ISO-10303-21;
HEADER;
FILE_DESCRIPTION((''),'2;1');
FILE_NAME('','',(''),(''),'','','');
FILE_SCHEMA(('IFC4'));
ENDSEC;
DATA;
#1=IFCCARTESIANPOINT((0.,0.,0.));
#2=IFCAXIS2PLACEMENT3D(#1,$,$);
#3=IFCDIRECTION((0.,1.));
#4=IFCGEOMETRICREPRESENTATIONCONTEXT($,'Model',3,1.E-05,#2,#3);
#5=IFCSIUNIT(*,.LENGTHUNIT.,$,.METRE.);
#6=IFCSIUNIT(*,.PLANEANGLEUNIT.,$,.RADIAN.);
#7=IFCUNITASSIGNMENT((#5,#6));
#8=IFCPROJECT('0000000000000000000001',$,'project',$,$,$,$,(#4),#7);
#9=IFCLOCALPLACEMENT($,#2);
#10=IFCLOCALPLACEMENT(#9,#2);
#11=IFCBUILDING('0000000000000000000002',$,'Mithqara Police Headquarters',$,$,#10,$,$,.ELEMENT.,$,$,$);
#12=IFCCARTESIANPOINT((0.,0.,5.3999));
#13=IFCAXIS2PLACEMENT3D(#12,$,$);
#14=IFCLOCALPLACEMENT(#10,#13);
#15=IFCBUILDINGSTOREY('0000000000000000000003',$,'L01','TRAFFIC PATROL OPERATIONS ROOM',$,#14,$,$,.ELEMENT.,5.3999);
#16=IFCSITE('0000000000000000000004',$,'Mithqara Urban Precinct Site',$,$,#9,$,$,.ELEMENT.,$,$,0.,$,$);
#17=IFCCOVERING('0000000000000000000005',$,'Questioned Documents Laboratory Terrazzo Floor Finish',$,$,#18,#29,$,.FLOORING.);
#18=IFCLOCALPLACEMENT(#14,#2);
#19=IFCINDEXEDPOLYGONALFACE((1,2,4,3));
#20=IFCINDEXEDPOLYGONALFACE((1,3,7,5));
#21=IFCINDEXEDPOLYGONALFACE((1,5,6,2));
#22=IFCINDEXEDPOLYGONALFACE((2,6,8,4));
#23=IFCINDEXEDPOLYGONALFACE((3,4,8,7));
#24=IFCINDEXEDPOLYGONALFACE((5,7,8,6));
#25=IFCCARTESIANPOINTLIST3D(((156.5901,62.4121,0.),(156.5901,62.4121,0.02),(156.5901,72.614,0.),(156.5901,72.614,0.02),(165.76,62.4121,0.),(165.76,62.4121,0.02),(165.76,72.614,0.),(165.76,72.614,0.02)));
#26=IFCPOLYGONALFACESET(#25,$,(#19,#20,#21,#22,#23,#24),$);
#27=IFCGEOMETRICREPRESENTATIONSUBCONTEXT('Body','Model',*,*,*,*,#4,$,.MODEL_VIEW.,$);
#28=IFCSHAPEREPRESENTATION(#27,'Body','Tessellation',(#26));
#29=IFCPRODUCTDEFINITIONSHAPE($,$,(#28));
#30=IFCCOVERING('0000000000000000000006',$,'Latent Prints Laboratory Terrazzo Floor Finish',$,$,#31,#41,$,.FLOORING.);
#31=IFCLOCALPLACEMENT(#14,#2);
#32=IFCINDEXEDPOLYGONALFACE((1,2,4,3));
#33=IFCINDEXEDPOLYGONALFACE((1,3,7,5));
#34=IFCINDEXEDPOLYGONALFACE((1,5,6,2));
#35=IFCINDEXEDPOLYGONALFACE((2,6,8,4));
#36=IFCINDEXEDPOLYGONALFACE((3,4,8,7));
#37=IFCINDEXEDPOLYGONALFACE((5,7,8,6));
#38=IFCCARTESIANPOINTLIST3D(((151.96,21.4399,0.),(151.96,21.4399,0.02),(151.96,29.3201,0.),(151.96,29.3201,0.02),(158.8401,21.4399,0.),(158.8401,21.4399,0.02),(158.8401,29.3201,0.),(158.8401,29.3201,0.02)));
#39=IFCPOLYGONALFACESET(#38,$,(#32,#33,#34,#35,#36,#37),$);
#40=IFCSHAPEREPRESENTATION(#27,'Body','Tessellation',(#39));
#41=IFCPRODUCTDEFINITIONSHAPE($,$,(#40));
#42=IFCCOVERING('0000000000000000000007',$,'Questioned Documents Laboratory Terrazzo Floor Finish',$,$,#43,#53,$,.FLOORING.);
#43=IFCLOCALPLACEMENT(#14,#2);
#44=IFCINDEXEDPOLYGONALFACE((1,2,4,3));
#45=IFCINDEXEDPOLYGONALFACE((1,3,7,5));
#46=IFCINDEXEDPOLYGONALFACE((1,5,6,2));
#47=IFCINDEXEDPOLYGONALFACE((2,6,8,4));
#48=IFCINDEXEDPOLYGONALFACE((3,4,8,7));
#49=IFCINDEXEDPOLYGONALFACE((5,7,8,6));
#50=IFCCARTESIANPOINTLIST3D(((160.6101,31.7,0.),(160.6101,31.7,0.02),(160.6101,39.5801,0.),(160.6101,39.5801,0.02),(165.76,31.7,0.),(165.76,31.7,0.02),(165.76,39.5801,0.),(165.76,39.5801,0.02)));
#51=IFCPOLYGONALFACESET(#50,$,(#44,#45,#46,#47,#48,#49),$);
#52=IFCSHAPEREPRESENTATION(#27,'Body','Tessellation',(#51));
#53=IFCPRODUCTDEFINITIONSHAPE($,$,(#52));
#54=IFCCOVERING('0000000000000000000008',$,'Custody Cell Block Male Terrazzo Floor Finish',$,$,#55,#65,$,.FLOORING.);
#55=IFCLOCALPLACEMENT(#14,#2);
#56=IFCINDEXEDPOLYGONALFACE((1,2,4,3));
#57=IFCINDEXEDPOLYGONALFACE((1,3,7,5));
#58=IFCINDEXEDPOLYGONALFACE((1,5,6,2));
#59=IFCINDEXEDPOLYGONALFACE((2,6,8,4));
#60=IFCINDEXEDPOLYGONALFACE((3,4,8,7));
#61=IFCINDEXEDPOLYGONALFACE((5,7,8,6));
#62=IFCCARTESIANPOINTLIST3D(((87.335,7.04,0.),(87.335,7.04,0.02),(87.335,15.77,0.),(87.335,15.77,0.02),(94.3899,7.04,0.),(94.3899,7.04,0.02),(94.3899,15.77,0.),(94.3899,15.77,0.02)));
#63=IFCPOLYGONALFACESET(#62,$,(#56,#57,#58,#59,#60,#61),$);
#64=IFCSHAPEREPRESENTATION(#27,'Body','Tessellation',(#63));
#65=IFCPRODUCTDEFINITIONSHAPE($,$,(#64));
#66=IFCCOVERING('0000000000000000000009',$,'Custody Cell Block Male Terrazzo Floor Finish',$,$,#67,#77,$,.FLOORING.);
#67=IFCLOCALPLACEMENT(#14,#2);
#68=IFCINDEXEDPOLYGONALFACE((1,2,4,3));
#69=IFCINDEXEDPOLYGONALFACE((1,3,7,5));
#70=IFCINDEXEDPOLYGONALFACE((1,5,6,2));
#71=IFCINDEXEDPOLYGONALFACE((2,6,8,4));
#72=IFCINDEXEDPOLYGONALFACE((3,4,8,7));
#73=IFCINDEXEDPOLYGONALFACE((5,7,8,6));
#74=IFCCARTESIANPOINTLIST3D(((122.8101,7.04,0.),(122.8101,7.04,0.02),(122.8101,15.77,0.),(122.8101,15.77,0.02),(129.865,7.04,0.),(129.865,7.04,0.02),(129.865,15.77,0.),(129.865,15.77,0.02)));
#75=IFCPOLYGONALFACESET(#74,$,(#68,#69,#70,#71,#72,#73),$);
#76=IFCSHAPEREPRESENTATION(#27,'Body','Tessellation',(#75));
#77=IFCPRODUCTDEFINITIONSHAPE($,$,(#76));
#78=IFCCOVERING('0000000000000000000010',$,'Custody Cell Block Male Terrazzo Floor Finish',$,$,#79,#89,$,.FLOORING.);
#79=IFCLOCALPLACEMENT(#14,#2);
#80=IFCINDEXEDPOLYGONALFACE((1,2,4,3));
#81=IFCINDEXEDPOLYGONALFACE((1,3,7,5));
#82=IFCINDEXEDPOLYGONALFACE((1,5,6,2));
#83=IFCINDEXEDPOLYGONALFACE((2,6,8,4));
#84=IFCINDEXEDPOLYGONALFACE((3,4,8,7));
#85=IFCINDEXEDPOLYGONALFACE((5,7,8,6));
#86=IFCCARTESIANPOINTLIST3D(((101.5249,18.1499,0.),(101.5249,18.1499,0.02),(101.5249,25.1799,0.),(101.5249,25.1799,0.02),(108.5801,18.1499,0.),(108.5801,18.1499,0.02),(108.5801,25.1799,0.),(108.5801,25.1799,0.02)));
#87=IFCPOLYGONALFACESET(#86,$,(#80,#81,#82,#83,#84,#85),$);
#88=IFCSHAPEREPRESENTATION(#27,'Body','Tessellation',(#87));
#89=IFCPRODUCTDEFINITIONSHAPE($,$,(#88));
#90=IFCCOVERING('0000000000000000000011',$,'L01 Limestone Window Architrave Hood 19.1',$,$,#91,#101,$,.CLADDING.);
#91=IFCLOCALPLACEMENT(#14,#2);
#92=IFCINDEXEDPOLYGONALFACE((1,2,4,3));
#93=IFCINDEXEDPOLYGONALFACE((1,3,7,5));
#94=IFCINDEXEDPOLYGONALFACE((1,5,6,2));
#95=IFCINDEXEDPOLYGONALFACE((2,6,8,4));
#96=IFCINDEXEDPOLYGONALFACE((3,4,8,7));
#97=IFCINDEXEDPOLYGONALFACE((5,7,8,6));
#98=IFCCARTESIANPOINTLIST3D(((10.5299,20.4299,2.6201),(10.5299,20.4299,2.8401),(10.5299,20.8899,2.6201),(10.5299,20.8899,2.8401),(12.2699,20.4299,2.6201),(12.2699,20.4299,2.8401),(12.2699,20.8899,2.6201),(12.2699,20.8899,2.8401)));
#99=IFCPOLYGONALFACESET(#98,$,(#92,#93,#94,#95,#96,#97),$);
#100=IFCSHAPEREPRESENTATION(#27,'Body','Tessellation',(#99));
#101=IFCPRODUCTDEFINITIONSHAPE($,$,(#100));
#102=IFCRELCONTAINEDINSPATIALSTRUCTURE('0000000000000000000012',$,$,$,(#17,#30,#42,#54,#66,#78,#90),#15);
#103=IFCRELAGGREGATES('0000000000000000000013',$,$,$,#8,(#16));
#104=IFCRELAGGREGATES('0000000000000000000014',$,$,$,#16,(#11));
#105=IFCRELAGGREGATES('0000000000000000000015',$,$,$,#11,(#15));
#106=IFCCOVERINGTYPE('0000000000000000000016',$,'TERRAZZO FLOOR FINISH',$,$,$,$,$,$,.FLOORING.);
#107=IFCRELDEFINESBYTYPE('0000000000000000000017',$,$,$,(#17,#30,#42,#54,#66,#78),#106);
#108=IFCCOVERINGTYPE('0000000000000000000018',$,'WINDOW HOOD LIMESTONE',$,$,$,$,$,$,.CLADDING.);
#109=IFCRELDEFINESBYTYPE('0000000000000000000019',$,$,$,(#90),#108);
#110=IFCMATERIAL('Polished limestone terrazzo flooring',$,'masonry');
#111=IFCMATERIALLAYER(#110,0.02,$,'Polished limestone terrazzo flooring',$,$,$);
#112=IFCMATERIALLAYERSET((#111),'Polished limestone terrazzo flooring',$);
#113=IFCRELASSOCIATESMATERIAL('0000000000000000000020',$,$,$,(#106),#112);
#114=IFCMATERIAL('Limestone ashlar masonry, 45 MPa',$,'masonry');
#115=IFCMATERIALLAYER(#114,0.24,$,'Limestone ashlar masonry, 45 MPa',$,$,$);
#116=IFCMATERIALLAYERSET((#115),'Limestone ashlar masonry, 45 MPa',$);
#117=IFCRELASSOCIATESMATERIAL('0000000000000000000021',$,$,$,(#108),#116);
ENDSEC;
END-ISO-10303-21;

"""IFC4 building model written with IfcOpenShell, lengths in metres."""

from ifc_helpers import new_model, si_unit, direction, frame, origin, origin_2d, place, context, subcontext, project, spatial, polyline, rectangle, outline, extrude, material, layer, layer_set, type_object, element, save


model = new_model("IFC4")

# Units and contexts
model_context = context("Model", 3, precision=1e-05, world=origin(), true_north=direction((0.0, 1.0)))
body_context = subcontext(model_context, "Body", "Model", "MODEL_VIEW")
ifc_project = project(units=[si_unit("LENGTHUNIT", "METRE"), si_unit("PLANEANGLEUNIT", "RADIAN")], contexts=[model_context])

# Site, building, storey
site_placement = place(None, origin())
site = spatial("IfcSite", under=ifc_project, at=site_placement, Name="Mithqara Urban Precinct Site", CompositionType="ELEMENT", RefElevation=0.0)
building_placement = place(site_placement, origin())
building = spatial("IfcBuilding", under=site, at=building_placement, Name="Mithqara Police Headquarters", CompositionType="ELEMENT")
storey_placement = place(building_placement, frame((0.0, 0.0, 5.3999)))
storey = spatial("IfcBuildingStorey", under=building, at=storey_placement, Name="L01", Description="TRAFFIC PATROL OPERATIONS ROOM", CompositionType="ELEMENT", Elevation=5.3999)

# Coverings
ifc_material_1 = material(Name="Polished limestone terrazzo flooring", Category="masonry")
ifc_layer_1 = layer(ifc_material_1, 0.02, Name="Polished limestone terrazzo flooring")
ifc_layer_set_1 = layer_set([ifc_layer_1], Name="Polished limestone terrazzo flooring")
covering_type_1 = type_object("IfcCoveringType", Name="TERRAZZO FLOOR FINISH", PredefinedType="FLOORING", material=ifc_layer_set_1)
covering_1_placement = place(storey_placement, origin())
element("IfcCovering", 1, at=covering_1_placement, inside=storey, type_object=covering_type_1, Name="Questioned Documents Laboratory Terrazzo Floor Finish", PredefinedType="FLOORING", context=body_context, shape_type="SweptSolid", body=[
    extrude(outline(polyline([(156.5901, 62.4121), (165.76, 62.4121), (165.76, 72.614), (156.5901, 72.614), (156.5901, 62.4121)])), origin(), (0.0, 0.0, 1.0), 0.02),
])
covering_2_placement = place(storey_placement, origin())
element("IfcCovering", 2, at=covering_2_placement, inside=storey, type_object=covering_type_1, Name="Latent Prints Laboratory Terrazzo Floor Finish", PredefinedType="FLOORING", context=body_context, shape_type="SweptSolid", body=[
    extrude(outline(polyline([(151.96, 21.4399), (158.8401, 21.4399), (158.8401, 29.3201), (151.96, 29.3201), (151.96, 21.4399)])), origin(), (0.0, 0.0, 1.0), 0.02),
])
covering_3_placement = place(storey_placement, origin())
element("IfcCovering", 3, at=covering_3_placement, inside=storey, type_object=covering_type_1, Name="Questioned Documents Laboratory Terrazzo Floor Finish", PredefinedType="FLOORING", context=body_context, shape_type="SweptSolid", body=[
    extrude(outline(polyline([(160.6101, 31.7), (165.76, 31.7), (165.76, 39.5801), (160.6101, 39.5801), (160.6101, 31.7)])), origin(), (0.0, 0.0, 1.0), 0.02),
])
covering_4_placement = place(storey_placement, origin())
element("IfcCovering", 4, at=covering_4_placement, inside=storey, type_object=covering_type_1, Name="Custody Cell Block Male Terrazzo Floor Finish", PredefinedType="FLOORING", context=body_context, shape_type="SweptSolid", body=[
    extrude(outline(polyline([(87.335, 7.04), (94.3899, 7.04), (94.3899, 15.77), (87.335, 15.77), (87.335, 7.04)])), origin(), (0.0, 0.0, 1.0), 0.02),
])
covering_5_placement = place(storey_placement, origin())
element("IfcCovering", 5, at=covering_5_placement, inside=storey, type_object=covering_type_1, Name="Custody Cell Block Male Terrazzo Floor Finish", PredefinedType="FLOORING", context=body_context, shape_type="SweptSolid", body=[
    extrude(outline(polyline([(122.8101, 7.04), (129.865, 7.04), (129.865, 15.77), (122.8101, 15.77), (122.8101, 7.04)])), origin(), (0.0, 0.0, 1.0), 0.02),
])
covering_6_placement = place(storey_placement, origin())
element("IfcCovering", 6, at=covering_6_placement, inside=storey, type_object=covering_type_1, Name="Custody Cell Block Male Terrazzo Floor Finish", PredefinedType="FLOORING", context=body_context, shape_type="SweptSolid", body=[
    extrude(outline(polyline([(101.5249, 18.1499), (108.5801, 18.1499), (108.5801, 25.1799), (101.5249, 25.1799), (101.5249, 18.1499)])), origin(), (0.0, 0.0, 1.0), 0.02),
])
ifc_material_2 = material(Name="Limestone ashlar masonry, 45 MPa", Category="masonry")
ifc_layer_2 = layer(ifc_material_2, 0.24, Name="Limestone ashlar masonry, 45 MPa")
ifc_layer_set_2 = layer_set([ifc_layer_2], Name="Limestone ashlar masonry, 45 MPa")
covering_type_2 = type_object("IfcCoveringType", Name="WINDOW HOOD LIMESTONE", PredefinedType="CLADDING", material=ifc_layer_set_2)
covering_7_placement = place(storey_placement, frame((11.3999, 20.6599, 2.6201), z_axis=(0.0, 0.0, 1.0), x_axis=(1.0, 0.0, 0.0)))
element("IfcCovering", 7, at=covering_7_placement, inside=storey, type_object=covering_type_2, Name="L01 Limestone Window Architrave Hood 19.1", PredefinedType="CLADDING", context=body_context, shape_type="SweptSolid", body=[
    extrude(rectangle(XDim=1.74, YDim=0.46, at=origin_2d()), origin(), (0.0, 0.0, 1.0), 0.22),
])

save(model, "model.ifc")
